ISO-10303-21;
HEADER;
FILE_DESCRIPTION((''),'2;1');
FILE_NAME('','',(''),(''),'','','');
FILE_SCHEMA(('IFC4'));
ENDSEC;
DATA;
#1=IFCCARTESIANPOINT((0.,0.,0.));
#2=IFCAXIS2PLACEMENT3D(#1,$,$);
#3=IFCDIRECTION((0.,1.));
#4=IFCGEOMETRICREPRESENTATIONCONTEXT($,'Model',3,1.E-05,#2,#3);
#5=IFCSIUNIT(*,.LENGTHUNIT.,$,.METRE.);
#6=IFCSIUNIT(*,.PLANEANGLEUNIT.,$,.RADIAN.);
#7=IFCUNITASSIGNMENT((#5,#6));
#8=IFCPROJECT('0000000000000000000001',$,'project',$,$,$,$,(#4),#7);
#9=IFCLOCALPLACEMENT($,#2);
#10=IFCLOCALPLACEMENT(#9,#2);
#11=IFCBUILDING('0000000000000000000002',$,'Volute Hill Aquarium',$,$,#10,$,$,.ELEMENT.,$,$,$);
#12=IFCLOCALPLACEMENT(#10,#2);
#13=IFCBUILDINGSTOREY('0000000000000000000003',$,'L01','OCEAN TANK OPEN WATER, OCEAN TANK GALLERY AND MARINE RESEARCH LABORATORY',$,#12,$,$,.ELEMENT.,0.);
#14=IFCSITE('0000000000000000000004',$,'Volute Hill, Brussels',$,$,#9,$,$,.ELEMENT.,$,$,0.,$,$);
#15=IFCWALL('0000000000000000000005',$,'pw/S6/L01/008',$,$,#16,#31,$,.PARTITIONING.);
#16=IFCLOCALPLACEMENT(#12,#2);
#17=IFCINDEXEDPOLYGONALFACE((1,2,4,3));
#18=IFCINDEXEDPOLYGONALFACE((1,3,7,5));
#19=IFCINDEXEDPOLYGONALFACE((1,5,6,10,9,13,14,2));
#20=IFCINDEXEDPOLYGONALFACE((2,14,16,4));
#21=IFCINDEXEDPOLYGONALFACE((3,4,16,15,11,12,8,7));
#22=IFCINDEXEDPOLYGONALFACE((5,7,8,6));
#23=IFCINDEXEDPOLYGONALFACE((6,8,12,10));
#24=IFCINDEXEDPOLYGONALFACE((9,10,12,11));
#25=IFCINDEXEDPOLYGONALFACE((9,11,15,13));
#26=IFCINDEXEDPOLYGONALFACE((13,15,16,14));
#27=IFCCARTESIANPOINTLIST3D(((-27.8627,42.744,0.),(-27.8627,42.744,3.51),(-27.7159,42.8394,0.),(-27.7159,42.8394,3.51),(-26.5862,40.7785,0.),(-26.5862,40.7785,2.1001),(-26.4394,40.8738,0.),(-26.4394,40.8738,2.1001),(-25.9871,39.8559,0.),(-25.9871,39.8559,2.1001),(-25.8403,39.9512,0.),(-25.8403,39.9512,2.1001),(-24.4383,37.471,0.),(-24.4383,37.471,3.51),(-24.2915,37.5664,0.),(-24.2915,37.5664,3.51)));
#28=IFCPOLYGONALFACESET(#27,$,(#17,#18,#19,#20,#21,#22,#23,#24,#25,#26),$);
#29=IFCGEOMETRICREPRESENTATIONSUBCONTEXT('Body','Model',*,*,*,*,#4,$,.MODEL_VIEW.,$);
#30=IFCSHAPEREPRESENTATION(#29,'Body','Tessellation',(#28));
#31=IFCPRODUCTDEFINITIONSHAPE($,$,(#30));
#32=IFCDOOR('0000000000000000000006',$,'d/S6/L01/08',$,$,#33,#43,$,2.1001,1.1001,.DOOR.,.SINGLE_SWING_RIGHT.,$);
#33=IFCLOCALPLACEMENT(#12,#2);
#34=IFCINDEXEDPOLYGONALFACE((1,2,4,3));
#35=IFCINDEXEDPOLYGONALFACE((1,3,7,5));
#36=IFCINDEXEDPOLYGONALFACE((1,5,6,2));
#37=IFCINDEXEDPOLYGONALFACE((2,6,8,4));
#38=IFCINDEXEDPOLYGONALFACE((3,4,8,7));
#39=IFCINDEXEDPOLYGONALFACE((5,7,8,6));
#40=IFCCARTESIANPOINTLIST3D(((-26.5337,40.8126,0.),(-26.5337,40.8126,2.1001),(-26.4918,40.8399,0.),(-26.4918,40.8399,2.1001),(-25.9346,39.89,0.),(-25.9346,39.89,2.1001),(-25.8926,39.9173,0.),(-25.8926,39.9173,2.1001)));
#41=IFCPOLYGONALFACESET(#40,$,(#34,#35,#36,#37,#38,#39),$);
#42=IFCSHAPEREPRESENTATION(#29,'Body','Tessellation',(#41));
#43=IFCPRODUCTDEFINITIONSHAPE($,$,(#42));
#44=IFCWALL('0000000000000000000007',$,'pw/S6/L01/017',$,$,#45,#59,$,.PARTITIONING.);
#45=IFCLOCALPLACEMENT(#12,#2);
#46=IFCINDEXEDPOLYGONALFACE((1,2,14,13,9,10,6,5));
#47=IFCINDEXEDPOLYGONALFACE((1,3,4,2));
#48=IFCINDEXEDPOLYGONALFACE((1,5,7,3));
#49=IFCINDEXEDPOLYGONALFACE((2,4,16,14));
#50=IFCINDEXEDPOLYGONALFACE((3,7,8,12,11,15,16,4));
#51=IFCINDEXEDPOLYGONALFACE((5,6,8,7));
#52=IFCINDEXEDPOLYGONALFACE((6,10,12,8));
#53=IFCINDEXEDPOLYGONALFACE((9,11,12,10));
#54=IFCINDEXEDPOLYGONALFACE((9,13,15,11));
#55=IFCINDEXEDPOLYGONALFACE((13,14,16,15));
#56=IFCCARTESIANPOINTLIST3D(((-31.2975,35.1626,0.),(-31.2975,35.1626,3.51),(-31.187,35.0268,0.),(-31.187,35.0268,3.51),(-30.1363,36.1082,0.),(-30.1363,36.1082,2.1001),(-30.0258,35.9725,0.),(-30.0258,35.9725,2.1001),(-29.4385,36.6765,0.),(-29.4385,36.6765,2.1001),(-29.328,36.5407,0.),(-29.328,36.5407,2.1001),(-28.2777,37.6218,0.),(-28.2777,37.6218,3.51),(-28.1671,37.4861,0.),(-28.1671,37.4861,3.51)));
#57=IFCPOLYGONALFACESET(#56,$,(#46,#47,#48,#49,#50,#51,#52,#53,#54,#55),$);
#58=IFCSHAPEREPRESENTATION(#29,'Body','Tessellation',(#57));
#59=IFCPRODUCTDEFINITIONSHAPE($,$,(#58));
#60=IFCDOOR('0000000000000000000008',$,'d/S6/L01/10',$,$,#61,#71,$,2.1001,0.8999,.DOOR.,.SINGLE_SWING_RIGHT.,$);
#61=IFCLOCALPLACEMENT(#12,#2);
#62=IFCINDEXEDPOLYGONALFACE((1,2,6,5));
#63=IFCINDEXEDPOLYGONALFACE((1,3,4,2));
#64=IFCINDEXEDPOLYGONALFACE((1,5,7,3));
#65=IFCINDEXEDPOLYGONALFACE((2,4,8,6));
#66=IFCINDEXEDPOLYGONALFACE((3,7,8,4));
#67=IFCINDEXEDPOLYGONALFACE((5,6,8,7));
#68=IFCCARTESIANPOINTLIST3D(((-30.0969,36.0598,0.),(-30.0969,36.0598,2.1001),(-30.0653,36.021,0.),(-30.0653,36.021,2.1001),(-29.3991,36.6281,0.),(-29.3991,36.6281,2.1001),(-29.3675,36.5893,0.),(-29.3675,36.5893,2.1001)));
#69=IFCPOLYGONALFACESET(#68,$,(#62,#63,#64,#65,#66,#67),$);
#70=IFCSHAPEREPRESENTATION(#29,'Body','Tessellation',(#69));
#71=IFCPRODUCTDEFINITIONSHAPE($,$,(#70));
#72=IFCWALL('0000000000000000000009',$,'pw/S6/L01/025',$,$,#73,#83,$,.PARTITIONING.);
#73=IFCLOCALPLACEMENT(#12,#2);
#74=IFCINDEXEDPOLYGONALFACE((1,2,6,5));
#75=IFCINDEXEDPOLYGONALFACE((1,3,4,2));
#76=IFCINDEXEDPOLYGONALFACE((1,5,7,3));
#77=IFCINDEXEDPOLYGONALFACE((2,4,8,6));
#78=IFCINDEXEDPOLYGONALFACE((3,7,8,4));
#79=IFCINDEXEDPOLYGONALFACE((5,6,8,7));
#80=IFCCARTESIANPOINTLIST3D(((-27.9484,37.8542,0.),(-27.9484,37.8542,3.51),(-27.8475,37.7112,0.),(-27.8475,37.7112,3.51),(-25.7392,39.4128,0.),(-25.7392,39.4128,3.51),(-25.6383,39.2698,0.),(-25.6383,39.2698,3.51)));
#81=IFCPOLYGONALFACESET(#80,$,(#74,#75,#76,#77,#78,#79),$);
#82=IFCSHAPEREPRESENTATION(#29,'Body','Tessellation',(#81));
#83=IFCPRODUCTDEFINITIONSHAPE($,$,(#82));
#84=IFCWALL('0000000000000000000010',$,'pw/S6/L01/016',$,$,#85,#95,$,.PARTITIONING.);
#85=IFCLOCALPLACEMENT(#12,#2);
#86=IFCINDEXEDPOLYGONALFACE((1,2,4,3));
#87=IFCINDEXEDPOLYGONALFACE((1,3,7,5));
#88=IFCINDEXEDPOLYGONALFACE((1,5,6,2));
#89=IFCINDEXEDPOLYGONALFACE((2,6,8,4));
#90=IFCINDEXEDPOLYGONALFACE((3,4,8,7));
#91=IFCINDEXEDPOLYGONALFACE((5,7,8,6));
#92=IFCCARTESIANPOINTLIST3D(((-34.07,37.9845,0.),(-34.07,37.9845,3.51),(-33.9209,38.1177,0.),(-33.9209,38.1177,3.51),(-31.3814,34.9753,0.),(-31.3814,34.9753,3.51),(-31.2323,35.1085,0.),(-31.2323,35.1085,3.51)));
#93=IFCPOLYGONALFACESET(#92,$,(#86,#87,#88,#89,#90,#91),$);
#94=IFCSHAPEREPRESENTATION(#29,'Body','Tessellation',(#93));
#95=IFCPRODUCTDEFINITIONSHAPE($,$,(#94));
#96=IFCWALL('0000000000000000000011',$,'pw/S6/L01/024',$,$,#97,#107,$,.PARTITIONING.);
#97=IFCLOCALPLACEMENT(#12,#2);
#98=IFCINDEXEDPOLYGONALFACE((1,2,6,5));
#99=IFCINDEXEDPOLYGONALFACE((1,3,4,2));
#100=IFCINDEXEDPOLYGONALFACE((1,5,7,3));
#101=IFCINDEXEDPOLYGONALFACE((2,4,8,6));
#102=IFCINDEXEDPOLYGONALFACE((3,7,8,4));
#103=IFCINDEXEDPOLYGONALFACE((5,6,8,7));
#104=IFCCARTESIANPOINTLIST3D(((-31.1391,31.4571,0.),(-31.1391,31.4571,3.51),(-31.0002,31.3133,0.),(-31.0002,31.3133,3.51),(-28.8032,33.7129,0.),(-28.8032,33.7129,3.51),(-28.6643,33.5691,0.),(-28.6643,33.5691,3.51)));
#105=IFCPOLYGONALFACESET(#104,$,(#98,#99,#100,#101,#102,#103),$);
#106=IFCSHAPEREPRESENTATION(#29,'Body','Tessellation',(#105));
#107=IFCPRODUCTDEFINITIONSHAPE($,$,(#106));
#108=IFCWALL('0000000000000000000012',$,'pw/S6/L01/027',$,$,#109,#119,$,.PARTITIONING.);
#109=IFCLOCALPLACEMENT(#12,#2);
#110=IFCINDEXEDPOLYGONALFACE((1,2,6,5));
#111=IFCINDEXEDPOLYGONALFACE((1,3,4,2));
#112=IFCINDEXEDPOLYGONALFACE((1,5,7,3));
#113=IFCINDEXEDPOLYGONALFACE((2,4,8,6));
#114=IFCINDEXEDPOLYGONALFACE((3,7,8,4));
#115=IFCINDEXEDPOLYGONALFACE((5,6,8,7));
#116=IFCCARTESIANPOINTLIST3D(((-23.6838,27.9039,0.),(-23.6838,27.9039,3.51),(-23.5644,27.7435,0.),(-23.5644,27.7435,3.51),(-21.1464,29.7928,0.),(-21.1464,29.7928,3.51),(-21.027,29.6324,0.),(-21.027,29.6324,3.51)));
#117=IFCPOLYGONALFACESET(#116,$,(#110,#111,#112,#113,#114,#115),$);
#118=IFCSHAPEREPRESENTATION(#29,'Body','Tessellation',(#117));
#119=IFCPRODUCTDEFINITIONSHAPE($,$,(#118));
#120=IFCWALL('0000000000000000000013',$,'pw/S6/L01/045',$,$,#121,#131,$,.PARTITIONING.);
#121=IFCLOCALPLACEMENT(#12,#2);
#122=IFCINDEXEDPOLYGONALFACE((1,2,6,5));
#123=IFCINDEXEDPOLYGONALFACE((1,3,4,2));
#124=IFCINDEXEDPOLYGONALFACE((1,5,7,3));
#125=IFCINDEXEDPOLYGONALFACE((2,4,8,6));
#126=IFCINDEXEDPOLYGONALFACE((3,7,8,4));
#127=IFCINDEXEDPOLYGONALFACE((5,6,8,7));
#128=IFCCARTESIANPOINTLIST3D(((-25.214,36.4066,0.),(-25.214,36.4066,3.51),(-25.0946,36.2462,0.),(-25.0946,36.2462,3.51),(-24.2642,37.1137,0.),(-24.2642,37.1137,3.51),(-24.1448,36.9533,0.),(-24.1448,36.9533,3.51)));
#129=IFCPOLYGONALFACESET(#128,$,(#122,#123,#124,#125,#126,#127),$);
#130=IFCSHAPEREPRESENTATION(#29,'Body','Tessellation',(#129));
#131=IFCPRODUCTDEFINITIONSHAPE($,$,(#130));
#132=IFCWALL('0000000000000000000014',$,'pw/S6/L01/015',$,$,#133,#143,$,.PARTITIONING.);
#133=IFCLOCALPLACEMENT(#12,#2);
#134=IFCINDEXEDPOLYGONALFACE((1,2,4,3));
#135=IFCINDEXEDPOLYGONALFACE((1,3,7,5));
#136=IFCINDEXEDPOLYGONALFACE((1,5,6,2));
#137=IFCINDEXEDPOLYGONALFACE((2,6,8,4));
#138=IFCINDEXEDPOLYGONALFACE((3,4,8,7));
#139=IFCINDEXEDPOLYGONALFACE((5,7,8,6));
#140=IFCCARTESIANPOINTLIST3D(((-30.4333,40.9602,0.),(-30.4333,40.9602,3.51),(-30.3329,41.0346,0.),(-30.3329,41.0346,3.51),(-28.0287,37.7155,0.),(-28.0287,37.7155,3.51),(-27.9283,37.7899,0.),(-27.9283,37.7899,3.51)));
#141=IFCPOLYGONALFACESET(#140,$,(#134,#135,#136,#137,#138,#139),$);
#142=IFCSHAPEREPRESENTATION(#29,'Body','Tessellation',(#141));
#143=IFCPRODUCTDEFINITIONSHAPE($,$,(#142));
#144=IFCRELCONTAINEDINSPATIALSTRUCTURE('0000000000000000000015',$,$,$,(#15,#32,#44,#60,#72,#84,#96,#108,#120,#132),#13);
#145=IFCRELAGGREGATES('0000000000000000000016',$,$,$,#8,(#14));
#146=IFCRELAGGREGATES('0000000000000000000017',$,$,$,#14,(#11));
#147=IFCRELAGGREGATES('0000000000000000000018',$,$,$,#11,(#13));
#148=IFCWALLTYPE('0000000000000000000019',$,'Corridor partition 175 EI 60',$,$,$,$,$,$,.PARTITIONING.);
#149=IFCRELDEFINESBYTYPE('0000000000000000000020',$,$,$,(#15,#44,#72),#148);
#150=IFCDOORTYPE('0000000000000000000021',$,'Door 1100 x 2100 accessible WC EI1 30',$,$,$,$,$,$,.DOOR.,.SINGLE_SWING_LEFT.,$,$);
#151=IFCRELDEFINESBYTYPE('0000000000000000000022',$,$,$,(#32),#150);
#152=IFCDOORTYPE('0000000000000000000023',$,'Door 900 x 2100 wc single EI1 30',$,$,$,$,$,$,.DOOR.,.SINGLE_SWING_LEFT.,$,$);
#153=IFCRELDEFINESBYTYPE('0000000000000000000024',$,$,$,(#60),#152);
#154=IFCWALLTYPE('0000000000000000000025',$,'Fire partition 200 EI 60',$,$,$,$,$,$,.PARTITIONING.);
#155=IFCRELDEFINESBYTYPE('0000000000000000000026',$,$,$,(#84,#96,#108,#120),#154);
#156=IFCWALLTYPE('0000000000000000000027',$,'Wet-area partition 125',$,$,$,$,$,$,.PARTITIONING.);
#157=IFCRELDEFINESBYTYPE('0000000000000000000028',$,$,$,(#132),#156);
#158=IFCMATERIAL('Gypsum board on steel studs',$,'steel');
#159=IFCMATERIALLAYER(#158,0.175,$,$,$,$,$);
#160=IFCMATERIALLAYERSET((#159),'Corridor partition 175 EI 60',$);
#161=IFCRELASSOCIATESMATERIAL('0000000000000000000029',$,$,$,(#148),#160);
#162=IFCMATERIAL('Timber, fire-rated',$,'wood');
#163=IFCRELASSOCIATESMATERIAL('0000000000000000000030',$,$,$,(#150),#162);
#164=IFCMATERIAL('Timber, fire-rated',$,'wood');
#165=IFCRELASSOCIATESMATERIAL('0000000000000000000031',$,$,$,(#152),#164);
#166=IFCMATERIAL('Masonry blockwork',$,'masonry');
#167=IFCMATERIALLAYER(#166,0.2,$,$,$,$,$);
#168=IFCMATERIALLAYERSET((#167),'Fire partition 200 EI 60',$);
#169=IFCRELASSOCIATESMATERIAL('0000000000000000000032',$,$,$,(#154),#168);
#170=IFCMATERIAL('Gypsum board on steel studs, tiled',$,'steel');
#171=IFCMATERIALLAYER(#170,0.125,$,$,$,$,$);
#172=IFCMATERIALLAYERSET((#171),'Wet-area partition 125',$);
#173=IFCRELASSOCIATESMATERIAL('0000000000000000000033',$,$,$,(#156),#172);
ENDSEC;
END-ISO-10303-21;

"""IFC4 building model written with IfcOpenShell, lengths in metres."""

from ifc_helpers import new_model, si_unit, direction, frame, frame_2d, origin, place, context, subcontext, project, spatial, rectangle, extrude, material, layer, layer_set, type_object, element, fill, save


model = new_model("IFC4")

# Units and contexts
model_context = context("Model", 3, precision=1e-05, world=origin(), true_north=direction((0.0, 1.0)))
body_context = subcontext(model_context, "Body", "Model", "MODEL_VIEW")
ifc_project = project(units=[si_unit("LENGTHUNIT", "METRE"), si_unit("PLANEANGLEUNIT", "RADIAN")], contexts=[model_context])

# Site, building, storey
site_placement = place(None, origin())
site = spatial("IfcSite", under=ifc_project, at=site_placement, Name="Volute Hill, Brussels", CompositionType="ELEMENT", RefElevation=0.0)
building_placement = place(site_placement, origin())
building = spatial("IfcBuilding", under=site, at=building_placement, Name="Volute Hill Aquarium", CompositionType="ELEMENT")
storey_placement = place(building_placement, origin())
storey = spatial("IfcBuildingStorey", under=building, at=storey_placement, Name="L01", Description="OCEAN TANK OPEN WATER, OCEAN TANK GALLERY AND MARINE RESEARCH LABORATORY", CompositionType="ELEMENT", Elevation=0.0)

# Walls, openings, doors
ifc_material_1 = material(Name="Gypsum board on steel studs", Category="steel")
ifc_layer_1 = layer(ifc_material_1, 0.175)
ifc_layer_set_1 = layer_set([ifc_layer_1], Name="Corridor partition 175 EI 60")
wall_type_1 = type_object("IfcWallType", Name="Corridor partition 175 EI 60", PredefinedType="PARTITIONING", material=ifc_layer_set_1)
wall_1_placement = place(storey_placement, frame((-24.365, 37.5188, 0.0), z_axis=(0.0, 0.0, 1.0), x_axis=(-0.544642, 0.838669, 0.0)))
wall_1 = element("IfcWall", 1, at=wall_1_placement, inside=storey, type_object=wall_type_1, Name="pw/S6/L01/008", PredefinedType="PARTITIONING", context=body_context, shape_type="SweptSolid", body=[
    extrude(rectangle(XDim=6.2874, YDim=0.175, at=frame_2d((3.1436, 0.0))), origin(), (0.0, 0.0, 1.0), 3.51),
])
opening_1_placement = place(wall_1_placement, frame((2.8435, 0.0, 0.0)))
opening_1 = element("IfcOpeningElement", 2, at=opening_1_placement, cuts=wall_1, PredefinedType="OPENING", context=body_context, shape_type="SweptSolid", body=[
    extrude(rectangle(XDim=1.1001, YDim=2.1001, at=frame_2d((0.55, 1.05))), frame((0.0, 0.0974, 0.0), z_axis=(0.0, -1.0, 0.0), x_axis=(1.0, 0.0, 0.0)), (0.0, 0.0, 1.0), 0.1951),
])
ifc_material_2 = material(Name="Timber, fire-rated", Category="wood")
door_type_1 = type_object("IfcDoorType", Name="Door 1100 x 2100 accessible WC EI1 30", OperationType="SINGLE_SWING_LEFT", PredefinedType="DOOR", material=ifc_material_2)
door_1_placement = place(opening_1_placement, origin())
door_1 = element("IfcDoor", 3, at=door_1_placement, inside=storey, type_object=door_type_1, Name="d/S6/L01/08", OperationType="SINGLE_SWING_RIGHT", OverallHeight=2.1001, OverallWidth=1.1001, PredefinedType="DOOR", context=body_context, shape_type="SweptSolid", body=[
    extrude(rectangle(XDim=1.1001, YDim=2.1001, at=frame_2d((0.55, 1.05))), frame((0.0, 0.0249, 0.0), z_axis=(0.0, -1.0, 0.0), x_axis=(1.0, 0.0, 0.0)), (0.0, 0.0, 1.0), 0.05),
])
fill(opening_1, door_1)
wall_2_placement = place(storey_placement, frame((-28.2224, 37.554, 0.0), z_axis=(0.0, 0.0, 1.0), x_axis=(-0.775402, -0.631468, 0.0)))
wall_2 = element("IfcWall", 4, at=wall_2_placement, inside=storey, type_object=wall_type_1, Name="pw/S6/L01/017", PredefinedType="PARTITIONING", context=body_context, shape_type="SweptSolid", body=[
    extrude(rectangle(XDim=3.8945, YDim=0.175, at=frame_2d((1.9473, 0.0))), origin(), (0.0, 0.0, 1.0), 3.51),
])
opening_2_placement = place(wall_2_placement, frame((1.4971, 0.0, 0.0)))
opening_2 = element("IfcOpeningElement", 5, at=opening_2_placement, cuts=wall_2, PredefinedType="OPENING", context=body_context, shape_type="SweptSolid", body=[
    extrude(rectangle(XDim=0.8999, YDim=2.1001, at=frame_2d((0.45, 1.05))), frame((0.0, 0.0974, 0.0), z_axis=(0.0, -1.0, 0.0), x_axis=(1.0, 0.0, 0.0)), (0.0, 0.0, 1.0), 0.1951),
])
ifc_material_3 = material(Name="Timber, fire-rated", Category="wood")
door_type_2 = type_object("IfcDoorType", Name="Door 900 x 2100 wc single EI1 30", OperationType="SINGLE_SWING_LEFT", PredefinedType="DOOR", material=ifc_material_3)
door_2_placement = place(opening_2_placement, origin())
door_2 = element("IfcDoor", 6, at=door_2_placement, inside=storey, type_object=door_type_2, Name="d/S6/L01/10", OperationType="SINGLE_SWING_RIGHT", OverallHeight=2.1001, OverallWidth=0.8999, PredefinedType="DOOR", context=body_context, shape_type="SweptSolid", body=[
    extrude(rectangle(XDim=0.8999, YDim=2.1001, at=frame_2d((0.45, 1.05))), frame((0.0, 0.0249, 0.0), z_axis=(0.0, -1.0, 0.0), x_axis=(1.0, 0.0, 0.0)), (0.0, 0.0, 1.0), 0.05),
])
fill(opening_2, door_2)

# Walls
wall_3_placement = place(storey_placement, frame((-27.8979, 37.7827, 0.0), z_axis=(0.0, 0.0, 1.0), x_axis=(0.817118, 0.57647, 0.0)))
element("IfcWall", 7, at=wall_3_placement, inside=storey, type_object=wall_type_1, Name="pw/S6/L01/025", PredefinedType="PARTITIONING", context=body_context, shape_type="SweptSolid", body=[
    extrude(rectangle(XDim=2.7036, YDim=0.175, at=frame_2d((1.3518, 0.0))), origin(), (0.0, 0.0, 1.0), 3.51),
])
ifc_material_4 = material(Name="Masonry blockwork", Category="masonry")
ifc_layer_2 = layer(ifc_material_4, 0.2)
ifc_layer_set_2 = layer_set([ifc_layer_2], Name="Fire partition 200 EI 60")
wall_type_2 = type_object("IfcWallType", Name="Fire partition 200 EI 60", PredefinedType="PARTITIONING", material=ifc_layer_set_2)
wall_4_placement = place(storey_placement, frame((-31.3069, 35.042, 0.0), z_axis=(0.0, 0.0, 1.0), x_axis=(-0.666273, 0.745708, 0.0)))
element("IfcWall", 8, at=wall_4_placement, inside=storey, type_object=wall_type_2, Name="pw/S6/L01/016", PredefinedType="PARTITIONING", context=body_context, shape_type="SweptSolid", body=[
    extrude(rectangle(XDim=4.0354, YDim=0.2, at=frame_2d((2.0176, 0.0))), origin(), (0.0, 0.0, 1.0), 3.51),
])

# Walls
wall_5_placement = place(storey_placement, frame((-31.0696, 31.3853, 0.0), z_axis=(0.0, 0.0, 1.0), x_axis=(0.719329, 0.69467, 0.0)))
element("IfcWall", 9, at=wall_5_placement, inside=storey, type_object=wall_type_2, Name="pw/S6/L01/024", PredefinedType="PARTITIONING", context=body_context, shape_type="SweptSolid", body=[
    extrude(rectangle(XDim=3.2473, YDim=0.2, at=frame_2d((1.6235, 0.0))), origin(), (0.0, 0.0, 1.0), 3.51),
])
wall_6_placement = place(storey_placement, frame((-23.624, 27.8237, 0.0), z_axis=(0.0, 0.0, 1.0), x_axis=(0.802134, 0.597144, 0.0)))
element("IfcWall", 10, at=wall_6_placement, inside=storey, type_object=wall_type_2, Name="pw/S6/L01/027", PredefinedType="PARTITIONING", context=body_context, shape_type="SweptSolid", body=[
    extrude(rectangle(XDim=3.1633, YDim=0.2, at=frame_2d((1.5815, 0.0))), origin(), (0.0, 0.0, 1.0), 3.51),
])
wall_7_placement = place(storey_placement, frame((-25.1543, 36.3264, 0.0), z_axis=(0.0, 0.0, 1.0), x_axis=(0.802123, 0.597159, 0.0)))
element("IfcWall", 11, at=wall_7_placement, inside=storey, type_object=wall_type_2, Name="pw/S6/L01/045", PredefinedType="PARTITIONING", context=body_context, shape_type="SweptSolid", body=[
    extrude(rectangle(XDim=1.1841, YDim=0.2, at=frame_2d((0.592, 0.0))), origin(), (0.0, 0.0, 1.0), 3.51),
])
ifc_material_5 = material(Name="Gypsum board on steel studs, tiled", Category="steel")
ifc_layer_3 = layer(ifc_material_5, 0.125)
ifc_layer_set_3 = layer_set([ifc_layer_3], Name="Wet-area partition 125")
wall_type_3 = type_object("IfcWallType", Name="Wet-area partition 125", PredefinedType="PARTITIONING", material=ifc_layer_set_3)
wall_8_placement = place(storey_placement, frame((-27.9785, 37.7527, 0.0), z_axis=(0.0, 0.0, 1.0), x_axis=(-0.595405, 0.803425, 0.0)))
element("IfcWall", 12, at=wall_8_placement, inside=storey, type_object=wall_type_3, Name="pw/S6/L01/015", PredefinedType="PARTITIONING", context=body_context, shape_type="SweptSolid", body=[
    extrude(rectangle(XDim=4.0386, YDim=0.125, at=frame_2d((2.0193, 0.0))), origin(), (0.0, 0.0, 1.0), 3.51),
])

save(model, "model.ifc")
